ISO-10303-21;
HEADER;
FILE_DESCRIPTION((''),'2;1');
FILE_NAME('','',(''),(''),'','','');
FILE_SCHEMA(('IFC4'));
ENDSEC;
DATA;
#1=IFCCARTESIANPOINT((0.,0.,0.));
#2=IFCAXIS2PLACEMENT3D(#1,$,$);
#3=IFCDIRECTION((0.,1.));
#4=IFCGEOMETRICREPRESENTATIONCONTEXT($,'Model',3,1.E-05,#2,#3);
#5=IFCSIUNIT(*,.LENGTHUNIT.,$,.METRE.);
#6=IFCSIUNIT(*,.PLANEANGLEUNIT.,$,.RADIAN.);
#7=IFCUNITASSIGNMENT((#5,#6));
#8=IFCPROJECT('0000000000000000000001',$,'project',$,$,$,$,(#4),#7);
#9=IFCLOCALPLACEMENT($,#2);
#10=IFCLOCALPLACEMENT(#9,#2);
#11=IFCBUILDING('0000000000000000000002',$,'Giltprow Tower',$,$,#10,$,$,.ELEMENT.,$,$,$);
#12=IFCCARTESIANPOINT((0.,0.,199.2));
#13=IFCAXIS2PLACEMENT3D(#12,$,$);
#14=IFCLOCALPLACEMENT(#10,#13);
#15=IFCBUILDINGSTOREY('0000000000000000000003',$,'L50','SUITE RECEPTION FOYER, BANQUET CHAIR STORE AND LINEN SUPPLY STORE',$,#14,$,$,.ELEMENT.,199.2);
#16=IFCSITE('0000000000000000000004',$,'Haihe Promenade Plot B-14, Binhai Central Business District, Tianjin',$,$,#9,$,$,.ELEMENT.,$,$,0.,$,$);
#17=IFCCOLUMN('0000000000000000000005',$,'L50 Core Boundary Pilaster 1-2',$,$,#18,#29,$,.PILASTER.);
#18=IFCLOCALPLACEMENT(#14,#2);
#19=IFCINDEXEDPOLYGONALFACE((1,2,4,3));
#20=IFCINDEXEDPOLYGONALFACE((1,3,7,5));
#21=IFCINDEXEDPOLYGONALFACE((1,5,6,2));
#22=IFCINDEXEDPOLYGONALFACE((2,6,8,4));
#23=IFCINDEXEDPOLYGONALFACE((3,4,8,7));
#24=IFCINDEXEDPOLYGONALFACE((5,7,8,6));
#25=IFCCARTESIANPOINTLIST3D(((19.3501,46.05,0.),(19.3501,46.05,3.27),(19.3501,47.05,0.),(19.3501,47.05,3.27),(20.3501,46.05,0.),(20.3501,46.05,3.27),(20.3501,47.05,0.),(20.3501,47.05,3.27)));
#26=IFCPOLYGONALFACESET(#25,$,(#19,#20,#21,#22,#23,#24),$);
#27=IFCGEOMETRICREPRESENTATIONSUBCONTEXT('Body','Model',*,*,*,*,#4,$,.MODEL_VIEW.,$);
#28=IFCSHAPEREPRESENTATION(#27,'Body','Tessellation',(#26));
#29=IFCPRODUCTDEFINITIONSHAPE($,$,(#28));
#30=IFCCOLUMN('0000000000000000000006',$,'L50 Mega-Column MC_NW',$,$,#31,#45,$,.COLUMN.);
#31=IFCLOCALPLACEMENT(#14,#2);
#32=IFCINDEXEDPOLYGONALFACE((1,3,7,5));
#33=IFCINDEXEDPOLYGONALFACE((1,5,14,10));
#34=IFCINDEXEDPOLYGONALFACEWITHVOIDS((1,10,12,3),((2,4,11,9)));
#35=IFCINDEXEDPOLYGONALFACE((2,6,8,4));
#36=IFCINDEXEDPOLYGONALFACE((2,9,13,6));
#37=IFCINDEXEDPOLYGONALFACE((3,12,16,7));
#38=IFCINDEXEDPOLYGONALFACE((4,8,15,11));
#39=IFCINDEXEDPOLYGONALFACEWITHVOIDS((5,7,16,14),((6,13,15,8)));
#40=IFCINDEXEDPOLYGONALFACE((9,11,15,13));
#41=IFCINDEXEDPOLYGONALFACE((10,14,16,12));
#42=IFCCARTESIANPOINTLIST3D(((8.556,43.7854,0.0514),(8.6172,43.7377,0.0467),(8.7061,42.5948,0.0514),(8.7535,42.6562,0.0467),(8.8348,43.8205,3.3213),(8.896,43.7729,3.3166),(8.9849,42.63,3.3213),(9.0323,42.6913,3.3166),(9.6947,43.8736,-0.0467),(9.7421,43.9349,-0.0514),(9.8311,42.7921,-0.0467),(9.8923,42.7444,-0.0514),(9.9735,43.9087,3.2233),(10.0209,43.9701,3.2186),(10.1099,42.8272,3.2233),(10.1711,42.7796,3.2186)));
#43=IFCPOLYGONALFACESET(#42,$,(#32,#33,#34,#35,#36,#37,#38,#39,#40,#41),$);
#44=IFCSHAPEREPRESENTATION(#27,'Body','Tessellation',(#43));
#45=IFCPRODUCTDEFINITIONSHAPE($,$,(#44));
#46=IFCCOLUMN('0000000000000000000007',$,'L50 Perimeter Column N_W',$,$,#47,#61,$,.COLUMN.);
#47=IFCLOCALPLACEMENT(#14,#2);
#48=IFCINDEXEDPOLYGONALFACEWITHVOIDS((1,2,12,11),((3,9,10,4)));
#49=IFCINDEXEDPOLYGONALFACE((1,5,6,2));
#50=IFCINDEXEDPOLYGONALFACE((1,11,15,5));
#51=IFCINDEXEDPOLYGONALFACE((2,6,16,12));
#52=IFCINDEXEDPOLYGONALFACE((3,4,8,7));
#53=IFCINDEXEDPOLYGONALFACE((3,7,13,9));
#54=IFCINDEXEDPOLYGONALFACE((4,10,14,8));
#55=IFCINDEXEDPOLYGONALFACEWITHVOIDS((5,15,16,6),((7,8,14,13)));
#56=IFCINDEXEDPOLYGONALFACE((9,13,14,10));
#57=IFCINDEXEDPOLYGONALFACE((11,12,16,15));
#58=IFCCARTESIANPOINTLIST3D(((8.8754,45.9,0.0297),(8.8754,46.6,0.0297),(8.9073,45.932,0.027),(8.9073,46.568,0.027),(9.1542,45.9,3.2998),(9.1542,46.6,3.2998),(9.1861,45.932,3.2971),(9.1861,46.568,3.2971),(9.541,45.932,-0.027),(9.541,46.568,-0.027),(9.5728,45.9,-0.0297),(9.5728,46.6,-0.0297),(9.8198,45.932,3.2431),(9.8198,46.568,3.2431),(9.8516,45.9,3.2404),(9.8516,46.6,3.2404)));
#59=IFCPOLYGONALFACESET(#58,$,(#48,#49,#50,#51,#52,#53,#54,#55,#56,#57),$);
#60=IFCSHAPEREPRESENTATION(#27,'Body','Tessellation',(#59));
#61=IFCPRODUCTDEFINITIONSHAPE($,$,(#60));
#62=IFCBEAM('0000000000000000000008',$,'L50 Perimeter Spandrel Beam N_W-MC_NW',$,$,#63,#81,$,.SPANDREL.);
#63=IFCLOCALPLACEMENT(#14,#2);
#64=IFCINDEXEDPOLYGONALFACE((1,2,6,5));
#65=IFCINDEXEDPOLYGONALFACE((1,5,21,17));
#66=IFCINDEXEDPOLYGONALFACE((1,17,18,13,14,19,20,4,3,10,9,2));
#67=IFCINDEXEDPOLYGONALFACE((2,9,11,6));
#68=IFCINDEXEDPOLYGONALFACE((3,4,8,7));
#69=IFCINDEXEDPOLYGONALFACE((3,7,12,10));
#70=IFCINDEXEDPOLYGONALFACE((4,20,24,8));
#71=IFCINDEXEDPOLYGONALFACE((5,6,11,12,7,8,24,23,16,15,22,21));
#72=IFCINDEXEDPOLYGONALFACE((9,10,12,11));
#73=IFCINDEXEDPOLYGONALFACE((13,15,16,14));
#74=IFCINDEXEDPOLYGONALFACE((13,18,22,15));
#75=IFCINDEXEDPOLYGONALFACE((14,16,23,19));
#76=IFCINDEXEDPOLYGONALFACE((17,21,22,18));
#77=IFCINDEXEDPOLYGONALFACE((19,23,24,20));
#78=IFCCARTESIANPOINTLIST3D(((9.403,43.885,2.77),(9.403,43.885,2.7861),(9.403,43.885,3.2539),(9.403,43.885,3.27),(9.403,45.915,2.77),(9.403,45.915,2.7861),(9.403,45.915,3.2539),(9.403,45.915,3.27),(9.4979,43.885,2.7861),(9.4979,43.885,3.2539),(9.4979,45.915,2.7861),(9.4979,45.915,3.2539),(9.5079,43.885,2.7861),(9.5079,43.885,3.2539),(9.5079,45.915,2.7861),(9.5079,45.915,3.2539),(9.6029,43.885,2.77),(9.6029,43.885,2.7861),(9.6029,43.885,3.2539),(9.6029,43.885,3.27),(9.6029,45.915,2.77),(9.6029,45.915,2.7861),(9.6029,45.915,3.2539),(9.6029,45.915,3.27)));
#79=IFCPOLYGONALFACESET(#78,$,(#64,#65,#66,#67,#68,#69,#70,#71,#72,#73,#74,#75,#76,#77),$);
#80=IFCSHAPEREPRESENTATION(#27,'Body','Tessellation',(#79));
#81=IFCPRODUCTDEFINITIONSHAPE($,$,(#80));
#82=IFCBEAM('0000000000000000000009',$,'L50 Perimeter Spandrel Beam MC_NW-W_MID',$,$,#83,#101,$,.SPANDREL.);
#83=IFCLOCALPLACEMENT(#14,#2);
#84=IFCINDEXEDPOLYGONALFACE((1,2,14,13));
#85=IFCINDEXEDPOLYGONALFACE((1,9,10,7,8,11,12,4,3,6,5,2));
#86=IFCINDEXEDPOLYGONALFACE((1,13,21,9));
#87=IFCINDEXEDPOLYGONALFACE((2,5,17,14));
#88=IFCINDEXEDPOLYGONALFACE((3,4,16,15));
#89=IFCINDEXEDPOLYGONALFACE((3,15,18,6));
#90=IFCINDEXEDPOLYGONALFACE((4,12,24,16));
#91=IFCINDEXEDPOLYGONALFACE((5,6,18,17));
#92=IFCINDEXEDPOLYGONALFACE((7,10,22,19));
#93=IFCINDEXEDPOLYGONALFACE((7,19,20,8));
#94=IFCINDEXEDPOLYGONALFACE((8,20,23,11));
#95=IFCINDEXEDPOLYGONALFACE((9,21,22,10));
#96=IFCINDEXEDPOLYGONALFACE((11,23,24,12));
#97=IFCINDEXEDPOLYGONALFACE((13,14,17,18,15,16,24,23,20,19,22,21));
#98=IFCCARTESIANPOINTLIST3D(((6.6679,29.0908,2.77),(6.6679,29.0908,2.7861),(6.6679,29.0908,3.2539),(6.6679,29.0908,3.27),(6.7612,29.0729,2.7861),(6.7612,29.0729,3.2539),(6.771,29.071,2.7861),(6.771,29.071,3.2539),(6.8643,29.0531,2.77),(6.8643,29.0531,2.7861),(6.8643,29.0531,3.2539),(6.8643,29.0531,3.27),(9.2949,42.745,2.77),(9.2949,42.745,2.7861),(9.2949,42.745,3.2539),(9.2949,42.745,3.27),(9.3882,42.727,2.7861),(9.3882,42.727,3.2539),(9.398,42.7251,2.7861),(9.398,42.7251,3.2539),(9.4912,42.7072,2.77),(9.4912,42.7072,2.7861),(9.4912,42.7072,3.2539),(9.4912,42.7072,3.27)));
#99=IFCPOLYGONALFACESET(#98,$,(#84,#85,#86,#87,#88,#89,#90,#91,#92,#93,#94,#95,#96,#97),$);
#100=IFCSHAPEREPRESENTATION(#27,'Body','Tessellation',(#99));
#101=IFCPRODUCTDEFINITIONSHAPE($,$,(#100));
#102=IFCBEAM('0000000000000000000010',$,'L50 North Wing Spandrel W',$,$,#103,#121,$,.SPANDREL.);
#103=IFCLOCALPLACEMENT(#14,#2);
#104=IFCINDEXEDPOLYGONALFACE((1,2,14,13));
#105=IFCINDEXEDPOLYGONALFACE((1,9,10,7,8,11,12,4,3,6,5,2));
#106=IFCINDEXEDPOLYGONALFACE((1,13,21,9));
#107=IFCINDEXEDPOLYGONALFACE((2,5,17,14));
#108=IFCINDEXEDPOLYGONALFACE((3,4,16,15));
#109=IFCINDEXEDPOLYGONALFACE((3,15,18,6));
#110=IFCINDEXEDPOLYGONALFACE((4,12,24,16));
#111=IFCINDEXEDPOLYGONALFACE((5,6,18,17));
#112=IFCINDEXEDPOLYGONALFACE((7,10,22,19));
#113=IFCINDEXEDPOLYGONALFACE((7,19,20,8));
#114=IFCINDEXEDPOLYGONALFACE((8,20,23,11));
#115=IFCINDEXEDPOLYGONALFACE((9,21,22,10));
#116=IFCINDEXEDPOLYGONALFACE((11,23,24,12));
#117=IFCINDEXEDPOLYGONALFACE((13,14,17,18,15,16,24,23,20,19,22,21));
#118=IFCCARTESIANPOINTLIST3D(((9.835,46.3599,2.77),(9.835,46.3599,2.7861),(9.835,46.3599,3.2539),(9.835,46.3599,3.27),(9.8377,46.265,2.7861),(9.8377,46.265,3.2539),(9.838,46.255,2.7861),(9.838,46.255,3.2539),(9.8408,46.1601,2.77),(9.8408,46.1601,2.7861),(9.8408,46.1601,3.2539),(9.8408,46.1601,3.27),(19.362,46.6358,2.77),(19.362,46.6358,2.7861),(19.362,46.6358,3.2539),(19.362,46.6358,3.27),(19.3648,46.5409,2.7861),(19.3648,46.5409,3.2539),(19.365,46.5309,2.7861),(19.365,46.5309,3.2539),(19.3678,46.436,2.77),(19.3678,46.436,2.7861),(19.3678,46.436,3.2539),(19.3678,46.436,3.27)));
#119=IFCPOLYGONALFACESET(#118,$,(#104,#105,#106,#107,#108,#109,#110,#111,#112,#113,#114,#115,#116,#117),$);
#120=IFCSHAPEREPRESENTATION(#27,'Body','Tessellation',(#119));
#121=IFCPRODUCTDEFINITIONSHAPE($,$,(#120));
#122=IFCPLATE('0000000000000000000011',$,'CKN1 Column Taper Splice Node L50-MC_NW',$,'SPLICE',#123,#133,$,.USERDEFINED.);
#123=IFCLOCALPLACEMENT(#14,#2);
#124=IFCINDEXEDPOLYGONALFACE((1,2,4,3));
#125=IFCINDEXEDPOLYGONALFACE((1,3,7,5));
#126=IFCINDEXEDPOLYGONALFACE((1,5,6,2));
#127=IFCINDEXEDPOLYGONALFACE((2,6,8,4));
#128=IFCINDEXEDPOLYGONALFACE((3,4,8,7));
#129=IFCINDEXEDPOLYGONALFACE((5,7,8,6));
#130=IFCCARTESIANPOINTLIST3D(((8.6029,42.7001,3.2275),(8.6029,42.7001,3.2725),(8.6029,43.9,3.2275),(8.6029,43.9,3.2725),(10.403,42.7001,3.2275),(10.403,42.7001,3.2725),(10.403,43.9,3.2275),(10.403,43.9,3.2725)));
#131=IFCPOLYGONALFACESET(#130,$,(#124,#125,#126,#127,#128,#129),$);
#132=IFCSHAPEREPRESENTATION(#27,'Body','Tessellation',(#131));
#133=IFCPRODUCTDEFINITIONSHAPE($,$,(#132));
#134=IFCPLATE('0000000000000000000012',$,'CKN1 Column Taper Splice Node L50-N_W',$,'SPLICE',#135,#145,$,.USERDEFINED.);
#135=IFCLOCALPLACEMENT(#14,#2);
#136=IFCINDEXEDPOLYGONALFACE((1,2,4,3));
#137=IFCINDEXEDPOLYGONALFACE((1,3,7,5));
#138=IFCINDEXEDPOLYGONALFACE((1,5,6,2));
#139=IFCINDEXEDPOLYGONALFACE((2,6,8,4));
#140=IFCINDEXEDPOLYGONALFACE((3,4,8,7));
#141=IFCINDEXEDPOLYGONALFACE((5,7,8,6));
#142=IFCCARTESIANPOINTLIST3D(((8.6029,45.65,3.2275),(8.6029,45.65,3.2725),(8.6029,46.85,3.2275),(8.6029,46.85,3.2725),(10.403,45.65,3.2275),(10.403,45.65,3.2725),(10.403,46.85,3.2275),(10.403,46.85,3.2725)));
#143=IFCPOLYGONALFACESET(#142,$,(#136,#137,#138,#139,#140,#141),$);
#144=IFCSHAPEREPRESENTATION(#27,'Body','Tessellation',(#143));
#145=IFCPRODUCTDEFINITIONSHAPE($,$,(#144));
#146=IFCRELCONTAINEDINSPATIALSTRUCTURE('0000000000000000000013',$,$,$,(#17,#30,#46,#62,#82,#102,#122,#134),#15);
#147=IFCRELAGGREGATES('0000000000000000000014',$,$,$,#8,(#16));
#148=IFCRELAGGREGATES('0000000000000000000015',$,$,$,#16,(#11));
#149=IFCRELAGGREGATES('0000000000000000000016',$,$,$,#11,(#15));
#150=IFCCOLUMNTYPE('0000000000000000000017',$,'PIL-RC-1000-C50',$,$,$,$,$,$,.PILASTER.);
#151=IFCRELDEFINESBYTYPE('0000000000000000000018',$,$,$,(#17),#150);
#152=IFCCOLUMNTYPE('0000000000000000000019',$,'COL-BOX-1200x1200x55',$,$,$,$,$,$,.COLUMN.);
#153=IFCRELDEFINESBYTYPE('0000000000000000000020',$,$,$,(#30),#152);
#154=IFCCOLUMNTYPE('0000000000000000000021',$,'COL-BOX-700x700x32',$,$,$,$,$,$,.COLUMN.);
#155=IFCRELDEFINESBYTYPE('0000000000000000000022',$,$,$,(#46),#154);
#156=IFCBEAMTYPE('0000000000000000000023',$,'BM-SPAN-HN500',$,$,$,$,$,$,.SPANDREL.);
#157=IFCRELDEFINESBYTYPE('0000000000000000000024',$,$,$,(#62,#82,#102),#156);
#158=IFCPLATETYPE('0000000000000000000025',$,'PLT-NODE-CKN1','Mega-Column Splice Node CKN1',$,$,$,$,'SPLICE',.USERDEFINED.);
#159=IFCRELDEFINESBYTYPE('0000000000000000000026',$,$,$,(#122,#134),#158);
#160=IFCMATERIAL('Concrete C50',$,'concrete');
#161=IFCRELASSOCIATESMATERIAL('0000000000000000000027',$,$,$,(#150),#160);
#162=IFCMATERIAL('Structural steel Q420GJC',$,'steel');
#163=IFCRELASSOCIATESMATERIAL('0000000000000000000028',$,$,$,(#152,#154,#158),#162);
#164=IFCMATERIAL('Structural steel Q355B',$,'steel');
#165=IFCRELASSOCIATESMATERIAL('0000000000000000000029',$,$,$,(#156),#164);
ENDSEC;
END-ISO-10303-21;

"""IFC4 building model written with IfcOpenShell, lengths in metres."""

from ifc_helpers import new_model, si_unit, direction, frame, origin, origin_2d, place, context, subcontext, project, spatial, rectangle, hollow_rectangle, i_section, extrude, source, transform, mapped, material, material_profile, profile_set, type_object, element, save


model = new_model("IFC4")

# Units and contexts
model_context = context("Model", 3, precision=1e-05, world=origin(), true_north=direction((0.0, 1.0)))
body_context = subcontext(model_context, "Body", "Model", "MODEL_VIEW")
ifc_project = project(units=[si_unit("LENGTHUNIT", "METRE"), si_unit("PLANEANGLEUNIT", "RADIAN")], contexts=[model_context])

# Site, building, storey
site_placement = place(None, origin())
site = spatial("IfcSite", under=ifc_project, at=site_placement, Name="Haihe Promenade Plot B-14, Binhai Central Business District, Tianjin", CompositionType="ELEMENT", RefElevation=0.0)
building_placement = place(site_placement, origin())
building = spatial("IfcBuilding", under=site, at=building_placement, Name="Giltprow Tower", CompositionType="ELEMENT")
storey_placement = place(building_placement, frame((0.0, 0.0, 199.2)))
storey = spatial("IfcBuildingStorey", under=building, at=storey_placement, Name="L50", Description="SUITE RECEPTION FOYER, BANQUET CHAIR STORE AND LINEN SUPPLY STORE", CompositionType="ELEMENT", Elevation=199.2)

# Columns
ifc_material_1 = material(Name="Concrete C50", Category="concrete")
ifc_material_profile_1 = material_profile(ifc_material_1, rectangle(XDim=1.0, YDim=1.0, at=origin_2d()), Name="RC 1000x1000")
ifc_profile_set_1 = profile_set([ifc_material_profile_1], Name="Concrete C50")
column_type_1 = type_object("IfcColumnType", Name="PIL-RC-1000-C50", PredefinedType="PILASTER", material=ifc_profile_set_1)
shared_shape_1 = source(origin(), body_context, "Body", "SweptSolid", [
    extrude(rectangle(XDim=1.0, YDim=1.0, at=origin_2d()), origin(), (0.0, 0.0, 1.0), 3.27),
])
column_1_placement = place(storey_placement, frame((19.8501, 46.55, 0.0), z_axis=(0.0, 0.0, 1.0), x_axis=(1.0, 0.0, 0.0)))
element("IfcColumn", 1, at=column_1_placement, inside=storey, type_object=column_type_1, Name="L50 Core Boundary Pilaster 1-2", PredefinedType="PILASTER", context=body_context, shape_type="MappedRepresentation", body=[
    mapped(shared_shape_1, transform((0.0, 0.0, 0.0), x_axis=(1.0, 0.0, 0.0), y_axis=(0.0, 1.0, 0.0), z_axis=(0.0, 0.0, 1.0), scale=1.0)),
])
ifc_material_2 = material(Name="Structural steel Q420GJC", Category="steel")
ifc_material_profile_2 = material_profile(ifc_material_2, hollow_rectangle(XDim=1.2, YDim=1.2, WallThickness=0.0549, at=origin_2d()), Name="BOX 1200x1200x55")
ifc_profile_set_2 = profile_set([ifc_material_profile_2], Name="Structural steel Q420GJC")
column_type_2 = type_object("IfcColumnType", Name="COL-BOX-1200x1200x55", PredefinedType="COLUMN", material=ifc_profile_set_2)
shared_shape_2 = source(origin(), body_context, "Body", "SweptSolid", [
    extrude(hollow_rectangle(XDim=1.2, YDim=1.2, WallThickness=0.0549, at=origin_2d()), origin(), (0.0, 0.0, 1.0), 3.282),
])
column_2_placement = place(storey_placement, frame((9.2241, 43.2649, 0.0), z_axis=(0.084949, 0.010712, 0.996328), x_axis=(-0.125104, 0.992144, 0.0)))
element("IfcColumn", 2, at=column_2_placement, inside=storey, type_object=column_type_2, Name="L50 Mega-Column MC_NW", PredefinedType="COLUMN", context=body_context, shape_type="MappedRepresentation", body=[
    mapped(shared_shape_2, transform((0.0, 0.0, 0.0), x_axis=(1.0, 0.0, 0.0), y_axis=(0.0, 1.0, 0.0), z_axis=(0.0, 0.0, 1.0), scale=1.0)),
])
ifc_material_profile_3 = material_profile(ifc_material_2, hollow_rectangle(XDim=0.7, YDim=0.7, WallThickness=0.032, at=origin_2d()), Name="BOX 700x700x32")
ifc_profile_set_3 = profile_set([ifc_material_profile_3], Name="Structural steel Q420GJC")
column_type_3 = type_object("IfcColumnType", Name="COL-BOX-700x700x32", PredefinedType="COLUMN", material=ifc_profile_set_3)
shared_shape_3 = source(origin(), body_context, "Body", "SweptSolid", [
    extrude(hollow_rectangle(XDim=0.7, YDim=0.7, WallThickness=0.032, at=origin_2d()), origin(), (0.0, 0.0, 1.0), 3.282),
])
column_3_placement = place(storey_placement, frame((9.2241, 46.25, 0.0), z_axis=(0.084954, 0.0, 0.996385), x_axis=(0.0, 1.0, 0.0)))
element("IfcColumn", 3, at=column_3_placement, inside=storey, type_object=column_type_3, Name="L50 Perimeter Column N_W", PredefinedType="COLUMN", context=body_context, shape_type="MappedRepresentation", body=[
    mapped(shared_shape_3, transform((0.0, 0.0, 0.0), x_axis=(1.0, 0.0, 0.0), y_axis=(0.0, 1.0, 0.0), z_axis=(0.0, 0.0, 1.0), scale=1.0)),
])

# Beams
ifc_material_3 = material(Name="Structural steel Q355B", Category="steel")
ifc_material_profile_4 = material_profile(ifc_material_3, i_section(OverallWidth=0.2, OverallDepth=0.5, WebThickness=0.01, FlangeThickness=0.0161, at=origin_2d()), Name="HN 500x200x10x16")
ifc_profile_set_4 = profile_set([ifc_material_profile_4], Name="Structural steel Q355B")
beam_type = type_object("IfcBeamType", Name="BM-SPAN-HN500", PredefinedType="SPANDREL", material=ifc_profile_set_4)
shared_shape_4 = source(origin(), body_context, "Body", "SweptSolid", [
    extrude(i_section(OverallWidth=0.2, OverallDepth=0.5, WebThickness=0.01, FlangeThickness=0.0161, at=origin_2d()), origin(), (0.0, 0.0, 1.0), 2.03),
])
beam_1_placement = place(storey_placement, frame((9.5029, 45.915, 3.02), z_axis=(0.0, -1.0, 0.0), x_axis=(1.0, 0.0, 0.0)))
element("IfcBeam", 4, at=beam_1_placement, inside=storey, type_object=beam_type, Name="L50 Perimeter Spandrel Beam N_W-MC_NW", PredefinedType="SPANDREL", context=body_context, shape_type="MappedRepresentation", body=[
    mapped(shared_shape_4, transform((0.0, 0.0, 0.0), x_axis=(1.0, 0.0, 0.0), y_axis=(0.0, 1.0, 0.0), z_axis=(0.0, 0.0, 1.0), scale=1.0)),
])
shared_shape_5 = source(origin(), body_context, "Body", "SweptSolid", [
    extrude(i_section(OverallWidth=0.2, OverallDepth=0.5, WebThickness=0.01, FlangeThickness=0.0161, at=origin_2d()), origin(), (0.0, 0.0, 1.0), 13.9045),
])
beam_2_placement = place(storey_placement, frame((9.3931, 42.7261, 3.02), z_axis=(-0.188929, -0.981991, 0.0), x_axis=(0.981991, -0.188929, 0.0)))
element("IfcBeam", 5, at=beam_2_placement, inside=storey, type_object=beam_type, Name="L50 Perimeter Spandrel Beam MC_NW-W_MID", PredefinedType="SPANDREL", context=body_context, shape_type="MappedRepresentation", body=[
    mapped(shared_shape_5, transform((0.0, 0.0, 0.0), x_axis=(1.0, 0.0, 0.0), y_axis=(0.0, 1.0, 0.0), z_axis=(0.0, 0.0, 1.0), scale=1.0)),
])
shared_shape_6 = source(origin(), body_context, "Body", "SweptSolid", [
    extrude(i_section(OverallWidth=0.2, OverallDepth=0.5, WebThickness=0.01, FlangeThickness=0.0161, at=origin_2d()), origin(), (0.0, 0.0, 1.0), 9.531),
])
beam_3_placement = place(storey_placement, frame((9.8379, 46.26, 3.02), z_axis=(0.999581, 0.028945, 0.0), x_axis=(-0.028945, 0.999581, 0.0)))
element("IfcBeam", 6, at=beam_3_placement, inside=storey, type_object=beam_type, Name="L50 North Wing Spandrel W", PredefinedType="SPANDREL", context=body_context, shape_type="MappedRepresentation", body=[
    mapped(shared_shape_6, transform((0.0, 0.0, 0.0), x_axis=(1.0, 0.0, 0.0), y_axis=(0.0, 1.0, 0.0), z_axis=(0.0, 0.0, 1.0), scale=1.0)),
])

# Plates
plate_type = type_object("IfcPlateType", Name="PLT-NODE-CKN1", Description="Mega-Column Splice Node CKN1", ElementType="SPLICE", PredefinedType="USERDEFINED", material=ifc_material_2)
shared_shape_7 = source(origin(), body_context, "Body", "SweptSolid", [
    extrude(rectangle(XDim=1.8, YDim=1.2, at=origin_2d()), origin(), (0.0, 0.0, 1.0), 0.0449),
])
for number, where, z_axis, x_axis, name in (
    (7, (9.5029, 43.3, 3.2275), (0.0, 0.0, 1.0), (1.0, 0.0, 0.0), "CKN1 Column Taper Splice Node L50-MC_NW"),
    (8, (9.5029, 46.25, 3.2275), (0.0, 0.0, 1.0), (1.0, 0.0, 0.0), "CKN1 Column Taper Splice Node L50-N_W"),
):
    element("IfcPlate", number, at=place(storey_placement, frame(where, z_axis=z_axis, x_axis=x_axis)), inside=storey, type_object=plate_type, Name=name, ObjectType="SPLICE", PredefinedType="USERDEFINED", context=body_context, shape_type="MappedRepresentation", body=[
        mapped(shared_shape_7, transform((0.0, 0.0, 0.0), x_axis=(1.0, 0.0, 0.0), y_axis=(0.0, 1.0, 0.0), z_axis=(0.0, 0.0, 1.0), scale=1.0)),
    ])

save(model, "model.ifc")
